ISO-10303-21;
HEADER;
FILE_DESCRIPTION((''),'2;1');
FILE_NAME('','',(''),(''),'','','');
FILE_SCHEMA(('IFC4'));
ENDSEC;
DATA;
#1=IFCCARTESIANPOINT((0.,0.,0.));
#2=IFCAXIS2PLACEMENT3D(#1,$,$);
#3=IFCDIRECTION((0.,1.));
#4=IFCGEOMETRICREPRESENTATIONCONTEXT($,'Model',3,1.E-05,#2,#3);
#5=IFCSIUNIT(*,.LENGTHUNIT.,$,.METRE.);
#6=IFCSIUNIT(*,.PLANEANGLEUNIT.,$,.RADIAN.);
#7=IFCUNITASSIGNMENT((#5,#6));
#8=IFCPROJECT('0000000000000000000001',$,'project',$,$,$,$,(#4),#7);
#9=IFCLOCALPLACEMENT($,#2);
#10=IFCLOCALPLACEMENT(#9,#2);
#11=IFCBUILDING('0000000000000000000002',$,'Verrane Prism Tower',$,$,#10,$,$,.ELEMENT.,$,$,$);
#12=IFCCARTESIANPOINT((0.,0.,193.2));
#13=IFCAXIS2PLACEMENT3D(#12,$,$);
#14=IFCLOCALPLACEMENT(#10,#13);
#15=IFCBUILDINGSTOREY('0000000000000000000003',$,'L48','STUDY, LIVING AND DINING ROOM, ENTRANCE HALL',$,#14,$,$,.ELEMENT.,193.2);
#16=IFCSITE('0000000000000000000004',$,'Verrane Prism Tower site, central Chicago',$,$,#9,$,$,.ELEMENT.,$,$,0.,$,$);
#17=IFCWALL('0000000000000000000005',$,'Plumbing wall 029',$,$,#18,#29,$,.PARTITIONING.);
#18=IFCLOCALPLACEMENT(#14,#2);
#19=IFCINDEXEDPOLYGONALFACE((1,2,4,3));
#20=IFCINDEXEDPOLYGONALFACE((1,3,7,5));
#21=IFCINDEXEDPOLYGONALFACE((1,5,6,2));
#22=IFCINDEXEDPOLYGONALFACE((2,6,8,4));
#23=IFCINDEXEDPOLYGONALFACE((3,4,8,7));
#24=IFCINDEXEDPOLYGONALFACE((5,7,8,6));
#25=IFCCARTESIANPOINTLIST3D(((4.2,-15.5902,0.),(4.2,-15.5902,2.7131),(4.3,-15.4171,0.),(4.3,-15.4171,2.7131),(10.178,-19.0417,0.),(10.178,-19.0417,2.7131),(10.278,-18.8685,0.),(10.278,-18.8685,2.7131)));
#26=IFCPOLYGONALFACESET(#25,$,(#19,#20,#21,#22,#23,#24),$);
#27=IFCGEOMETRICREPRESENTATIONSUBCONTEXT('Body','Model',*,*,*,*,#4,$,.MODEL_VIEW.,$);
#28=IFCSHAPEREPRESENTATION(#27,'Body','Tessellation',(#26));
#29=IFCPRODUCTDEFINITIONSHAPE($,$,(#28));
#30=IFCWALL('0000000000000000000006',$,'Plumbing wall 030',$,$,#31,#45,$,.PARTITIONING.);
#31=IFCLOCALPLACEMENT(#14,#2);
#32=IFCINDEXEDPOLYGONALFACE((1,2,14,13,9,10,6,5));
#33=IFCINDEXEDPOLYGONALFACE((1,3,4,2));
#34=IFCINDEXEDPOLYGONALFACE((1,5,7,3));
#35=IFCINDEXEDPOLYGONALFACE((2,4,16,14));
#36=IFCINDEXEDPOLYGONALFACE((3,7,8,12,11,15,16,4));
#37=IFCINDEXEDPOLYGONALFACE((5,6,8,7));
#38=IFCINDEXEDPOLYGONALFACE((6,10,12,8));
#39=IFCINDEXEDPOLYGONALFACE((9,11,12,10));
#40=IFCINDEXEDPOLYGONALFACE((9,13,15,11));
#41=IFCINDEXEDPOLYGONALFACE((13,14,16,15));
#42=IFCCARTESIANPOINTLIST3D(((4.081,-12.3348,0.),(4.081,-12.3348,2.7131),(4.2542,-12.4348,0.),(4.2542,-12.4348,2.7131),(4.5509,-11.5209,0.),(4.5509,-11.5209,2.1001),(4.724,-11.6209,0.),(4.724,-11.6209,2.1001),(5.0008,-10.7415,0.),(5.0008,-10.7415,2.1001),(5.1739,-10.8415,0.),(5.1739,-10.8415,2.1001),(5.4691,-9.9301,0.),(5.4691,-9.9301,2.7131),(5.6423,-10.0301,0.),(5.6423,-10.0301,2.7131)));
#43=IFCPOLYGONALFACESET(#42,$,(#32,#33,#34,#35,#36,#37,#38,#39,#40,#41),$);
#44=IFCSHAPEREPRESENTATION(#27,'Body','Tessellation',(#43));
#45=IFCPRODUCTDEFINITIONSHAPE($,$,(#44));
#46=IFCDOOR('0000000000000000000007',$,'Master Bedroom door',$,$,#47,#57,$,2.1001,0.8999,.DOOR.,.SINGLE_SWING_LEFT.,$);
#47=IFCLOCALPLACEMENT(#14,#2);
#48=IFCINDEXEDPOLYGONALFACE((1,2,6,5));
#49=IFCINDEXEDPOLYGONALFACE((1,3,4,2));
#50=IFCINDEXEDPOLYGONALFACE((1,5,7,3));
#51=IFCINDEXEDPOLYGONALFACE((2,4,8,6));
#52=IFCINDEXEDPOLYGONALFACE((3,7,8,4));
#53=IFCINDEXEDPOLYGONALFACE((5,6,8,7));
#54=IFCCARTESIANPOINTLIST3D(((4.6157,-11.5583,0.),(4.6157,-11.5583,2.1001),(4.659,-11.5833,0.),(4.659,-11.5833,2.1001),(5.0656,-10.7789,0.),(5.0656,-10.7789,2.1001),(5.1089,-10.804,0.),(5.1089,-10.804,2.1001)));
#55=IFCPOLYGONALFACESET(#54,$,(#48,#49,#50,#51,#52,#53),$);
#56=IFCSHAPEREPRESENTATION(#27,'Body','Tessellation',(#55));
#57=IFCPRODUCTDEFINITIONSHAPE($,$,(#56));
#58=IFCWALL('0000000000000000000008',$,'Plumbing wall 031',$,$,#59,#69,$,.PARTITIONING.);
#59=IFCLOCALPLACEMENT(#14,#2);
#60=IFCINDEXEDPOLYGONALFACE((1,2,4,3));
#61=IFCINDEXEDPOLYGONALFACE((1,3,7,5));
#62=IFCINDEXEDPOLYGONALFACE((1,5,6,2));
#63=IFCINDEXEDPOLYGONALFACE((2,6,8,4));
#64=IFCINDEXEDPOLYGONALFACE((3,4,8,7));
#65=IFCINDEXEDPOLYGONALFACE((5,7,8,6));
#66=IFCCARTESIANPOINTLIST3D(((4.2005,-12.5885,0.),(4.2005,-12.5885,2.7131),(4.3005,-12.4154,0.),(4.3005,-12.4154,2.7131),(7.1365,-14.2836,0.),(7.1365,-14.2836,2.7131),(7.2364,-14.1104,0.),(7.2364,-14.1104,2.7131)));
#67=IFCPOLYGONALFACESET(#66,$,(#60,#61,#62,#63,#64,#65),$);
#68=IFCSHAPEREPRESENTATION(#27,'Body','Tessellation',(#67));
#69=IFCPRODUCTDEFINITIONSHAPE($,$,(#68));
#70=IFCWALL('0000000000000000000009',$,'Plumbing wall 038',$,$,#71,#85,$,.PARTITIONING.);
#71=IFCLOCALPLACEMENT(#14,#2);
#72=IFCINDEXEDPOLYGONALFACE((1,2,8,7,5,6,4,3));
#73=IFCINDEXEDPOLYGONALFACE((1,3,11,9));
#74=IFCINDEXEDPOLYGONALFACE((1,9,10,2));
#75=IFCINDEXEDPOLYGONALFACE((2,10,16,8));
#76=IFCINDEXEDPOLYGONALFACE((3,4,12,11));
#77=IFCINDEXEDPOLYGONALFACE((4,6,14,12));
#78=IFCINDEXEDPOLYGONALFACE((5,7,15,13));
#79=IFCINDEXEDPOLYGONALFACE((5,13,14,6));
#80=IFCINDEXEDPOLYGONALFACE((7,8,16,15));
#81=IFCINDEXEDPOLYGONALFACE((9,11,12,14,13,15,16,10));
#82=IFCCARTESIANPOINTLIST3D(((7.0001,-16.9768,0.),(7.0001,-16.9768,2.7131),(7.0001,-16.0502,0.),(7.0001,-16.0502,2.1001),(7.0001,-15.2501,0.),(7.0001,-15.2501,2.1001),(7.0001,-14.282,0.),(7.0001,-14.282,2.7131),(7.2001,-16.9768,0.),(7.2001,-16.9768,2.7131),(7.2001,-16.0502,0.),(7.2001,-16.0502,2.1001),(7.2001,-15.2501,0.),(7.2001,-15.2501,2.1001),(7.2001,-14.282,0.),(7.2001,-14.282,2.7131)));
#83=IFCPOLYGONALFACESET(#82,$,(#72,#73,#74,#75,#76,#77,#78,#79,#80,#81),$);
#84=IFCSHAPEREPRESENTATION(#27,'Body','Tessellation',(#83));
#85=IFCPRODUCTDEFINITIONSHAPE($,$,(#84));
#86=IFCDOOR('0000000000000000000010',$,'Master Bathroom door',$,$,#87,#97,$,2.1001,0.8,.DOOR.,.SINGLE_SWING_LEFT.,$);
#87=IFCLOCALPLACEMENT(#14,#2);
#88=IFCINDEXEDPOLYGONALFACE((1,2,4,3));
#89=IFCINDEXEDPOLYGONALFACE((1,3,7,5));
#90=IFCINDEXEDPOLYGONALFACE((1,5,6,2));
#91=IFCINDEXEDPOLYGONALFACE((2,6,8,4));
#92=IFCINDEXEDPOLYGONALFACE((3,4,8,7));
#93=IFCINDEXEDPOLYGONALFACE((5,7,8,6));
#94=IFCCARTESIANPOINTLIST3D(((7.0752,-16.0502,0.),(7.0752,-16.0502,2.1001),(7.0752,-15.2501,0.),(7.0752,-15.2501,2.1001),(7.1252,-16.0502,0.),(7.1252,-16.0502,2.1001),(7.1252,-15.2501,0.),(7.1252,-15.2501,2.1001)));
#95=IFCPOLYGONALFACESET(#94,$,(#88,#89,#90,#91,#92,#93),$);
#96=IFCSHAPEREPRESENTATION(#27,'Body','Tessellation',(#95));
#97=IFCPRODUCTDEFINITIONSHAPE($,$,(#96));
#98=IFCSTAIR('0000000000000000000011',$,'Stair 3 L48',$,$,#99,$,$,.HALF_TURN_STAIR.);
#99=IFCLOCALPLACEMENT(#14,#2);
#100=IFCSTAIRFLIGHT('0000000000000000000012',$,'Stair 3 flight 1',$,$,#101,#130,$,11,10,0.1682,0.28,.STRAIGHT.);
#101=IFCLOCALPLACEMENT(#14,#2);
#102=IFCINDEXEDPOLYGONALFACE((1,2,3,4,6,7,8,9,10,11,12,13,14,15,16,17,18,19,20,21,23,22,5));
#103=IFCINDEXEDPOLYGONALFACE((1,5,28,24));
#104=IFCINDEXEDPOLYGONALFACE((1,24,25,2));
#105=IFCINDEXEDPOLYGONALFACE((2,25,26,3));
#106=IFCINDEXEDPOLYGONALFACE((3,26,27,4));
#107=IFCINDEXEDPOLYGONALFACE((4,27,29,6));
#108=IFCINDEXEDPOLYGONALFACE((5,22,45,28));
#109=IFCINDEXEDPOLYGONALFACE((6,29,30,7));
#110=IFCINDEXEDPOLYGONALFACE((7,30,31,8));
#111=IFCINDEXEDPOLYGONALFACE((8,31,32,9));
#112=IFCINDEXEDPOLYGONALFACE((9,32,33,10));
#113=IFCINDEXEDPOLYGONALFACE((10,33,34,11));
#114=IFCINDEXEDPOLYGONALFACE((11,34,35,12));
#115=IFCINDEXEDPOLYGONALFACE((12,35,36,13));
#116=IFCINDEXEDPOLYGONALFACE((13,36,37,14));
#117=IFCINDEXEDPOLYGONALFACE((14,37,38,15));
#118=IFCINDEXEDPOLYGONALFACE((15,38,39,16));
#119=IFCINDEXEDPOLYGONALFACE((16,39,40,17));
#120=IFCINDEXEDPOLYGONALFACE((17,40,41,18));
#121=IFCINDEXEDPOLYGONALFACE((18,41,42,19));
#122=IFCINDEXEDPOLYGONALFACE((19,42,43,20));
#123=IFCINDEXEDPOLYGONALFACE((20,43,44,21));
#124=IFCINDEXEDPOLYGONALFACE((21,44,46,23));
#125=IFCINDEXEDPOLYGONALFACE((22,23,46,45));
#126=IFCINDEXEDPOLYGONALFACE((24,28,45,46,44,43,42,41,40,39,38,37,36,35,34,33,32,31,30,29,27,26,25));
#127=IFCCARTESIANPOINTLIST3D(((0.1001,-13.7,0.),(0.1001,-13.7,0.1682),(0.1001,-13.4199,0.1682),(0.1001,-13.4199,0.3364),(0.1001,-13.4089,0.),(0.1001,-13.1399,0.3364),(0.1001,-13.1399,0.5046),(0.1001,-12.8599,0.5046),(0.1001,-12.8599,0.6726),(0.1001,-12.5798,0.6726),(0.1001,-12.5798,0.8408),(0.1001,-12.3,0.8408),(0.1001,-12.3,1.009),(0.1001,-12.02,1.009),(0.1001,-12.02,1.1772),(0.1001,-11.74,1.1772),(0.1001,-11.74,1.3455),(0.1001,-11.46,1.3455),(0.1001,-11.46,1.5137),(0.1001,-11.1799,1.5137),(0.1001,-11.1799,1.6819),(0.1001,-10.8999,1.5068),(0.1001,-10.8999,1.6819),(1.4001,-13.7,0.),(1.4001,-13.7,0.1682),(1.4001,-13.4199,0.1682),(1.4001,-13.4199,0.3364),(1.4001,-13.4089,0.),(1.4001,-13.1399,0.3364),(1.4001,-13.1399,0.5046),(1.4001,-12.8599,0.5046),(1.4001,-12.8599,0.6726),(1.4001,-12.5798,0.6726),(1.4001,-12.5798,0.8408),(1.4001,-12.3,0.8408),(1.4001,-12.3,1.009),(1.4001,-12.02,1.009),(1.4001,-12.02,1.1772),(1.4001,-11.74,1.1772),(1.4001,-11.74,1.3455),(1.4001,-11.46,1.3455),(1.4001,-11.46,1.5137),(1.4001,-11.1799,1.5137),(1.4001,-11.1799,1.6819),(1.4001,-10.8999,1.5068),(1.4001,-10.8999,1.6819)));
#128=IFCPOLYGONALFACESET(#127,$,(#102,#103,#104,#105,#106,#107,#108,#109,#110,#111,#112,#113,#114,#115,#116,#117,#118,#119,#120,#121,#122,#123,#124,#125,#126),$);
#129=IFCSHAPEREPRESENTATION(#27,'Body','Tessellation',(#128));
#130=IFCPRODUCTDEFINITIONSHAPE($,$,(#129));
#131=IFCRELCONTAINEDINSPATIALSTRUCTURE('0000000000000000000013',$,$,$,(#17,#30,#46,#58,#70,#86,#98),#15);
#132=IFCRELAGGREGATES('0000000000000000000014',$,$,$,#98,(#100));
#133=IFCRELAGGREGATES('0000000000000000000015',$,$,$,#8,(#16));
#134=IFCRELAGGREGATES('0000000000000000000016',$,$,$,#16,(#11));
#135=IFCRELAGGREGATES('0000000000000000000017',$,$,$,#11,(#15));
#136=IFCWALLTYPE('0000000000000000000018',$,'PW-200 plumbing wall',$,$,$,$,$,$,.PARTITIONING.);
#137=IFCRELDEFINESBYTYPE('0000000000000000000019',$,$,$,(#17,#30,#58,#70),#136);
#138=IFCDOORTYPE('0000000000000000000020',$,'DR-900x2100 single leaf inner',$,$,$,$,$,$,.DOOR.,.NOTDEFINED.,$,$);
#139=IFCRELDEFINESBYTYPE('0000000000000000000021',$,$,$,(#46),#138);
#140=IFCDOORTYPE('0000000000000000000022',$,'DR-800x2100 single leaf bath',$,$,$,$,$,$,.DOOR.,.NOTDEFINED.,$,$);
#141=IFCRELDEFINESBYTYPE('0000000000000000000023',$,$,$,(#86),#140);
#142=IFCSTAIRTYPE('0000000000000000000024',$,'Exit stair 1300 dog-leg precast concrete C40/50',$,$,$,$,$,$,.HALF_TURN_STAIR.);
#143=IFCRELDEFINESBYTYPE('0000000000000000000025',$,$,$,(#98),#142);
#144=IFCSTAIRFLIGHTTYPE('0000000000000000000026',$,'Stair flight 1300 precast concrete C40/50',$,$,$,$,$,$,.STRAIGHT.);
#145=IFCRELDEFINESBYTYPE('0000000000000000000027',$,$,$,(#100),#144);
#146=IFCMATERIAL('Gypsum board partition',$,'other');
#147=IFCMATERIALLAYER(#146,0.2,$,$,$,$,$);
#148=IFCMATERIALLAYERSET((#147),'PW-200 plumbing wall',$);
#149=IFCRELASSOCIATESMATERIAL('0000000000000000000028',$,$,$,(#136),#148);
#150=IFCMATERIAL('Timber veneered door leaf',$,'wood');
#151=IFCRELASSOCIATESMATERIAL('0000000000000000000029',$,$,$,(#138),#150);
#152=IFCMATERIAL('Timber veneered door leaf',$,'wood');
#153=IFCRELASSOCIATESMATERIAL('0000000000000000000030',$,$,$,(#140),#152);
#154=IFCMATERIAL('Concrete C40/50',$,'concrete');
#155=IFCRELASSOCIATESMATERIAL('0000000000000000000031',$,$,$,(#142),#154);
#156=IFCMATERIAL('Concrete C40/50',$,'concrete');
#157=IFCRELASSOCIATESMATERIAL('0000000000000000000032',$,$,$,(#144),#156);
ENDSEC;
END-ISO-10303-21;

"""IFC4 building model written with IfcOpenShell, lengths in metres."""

from ifc_helpers import new_model, si_unit, direction, frame, frame_2d, origin, place, context, subcontext, project, spatial, polyline, rectangle, outline, extrude, material, layer, layer_set, type_object, element, fill, aggregate, save


model = new_model("IFC4")

# Units and contexts
model_context = context("Model", 3, precision=1e-05, world=origin(), true_north=direction((0.0, 1.0)))
body_context = subcontext(model_context, "Body", "Model", "MODEL_VIEW")
ifc_project = project(units=[si_unit("LENGTHUNIT", "METRE"), si_unit("PLANEANGLEUNIT", "RADIAN")], contexts=[model_context])

# Site, building, storey
site_placement = place(None, origin())
site = spatial("IfcSite", under=ifc_project, at=site_placement, Name="Verrane Prism Tower site, central Chicago", CompositionType="ELEMENT", RefElevation=0.0)
building_placement = place(site_placement, origin())
building = spatial("IfcBuilding", under=site, at=building_placement, Name="Verrane Prism Tower", CompositionType="ELEMENT")
storey_placement = place(building_placement, frame((0.0, 0.0, 193.2)))
storey = spatial("IfcBuildingStorey", under=building, at=storey_placement, Name="L48", Description="STUDY, LIVING AND DINING ROOM, ENTRANCE HALL", CompositionType="ELEMENT", Elevation=193.2)

# Shared definitions
ifc_material_1 = material(Name="Gypsum board partition", Category="other")
ifc_layer_1 = layer(ifc_material_1, 0.2)
ifc_layer_set_1 = layer_set([ifc_layer_1], Name="PW-200 plumbing wall")
wall_type_1 = type_object("IfcWallType", Name="PW-200 plumbing wall", PredefinedType="PARTITIONING", material=ifc_layer_set_1)

# Wall
wall_1_placement = place(storey_placement, frame((4.25, -15.5037, 0.0), z_axis=(0.0, 0.0, 1.0), x_axis=(0.866025, -0.5, 0.0)))
element("IfcWall", 1, at=wall_1_placement, inside=storey, type_object=wall_type_1, Name="Plumbing wall 029", PredefinedType="PARTITIONING", context=body_context, shape_type="SweptSolid", body=[
    extrude(rectangle(XDim=6.9028, YDim=0.2, at=frame_2d((3.4514, 0.0))), origin(), (0.0, 0.0, 1.0), 2.7131),
])

# Wall, opening, door
wall_2_placement = place(storey_placement, frame((5.5557, -9.9802, 0.0), z_axis=(0.0, 0.0, 1.0), x_axis=(-0.499941, -0.86606, 0.0)))
wall_2 = element("IfcWall", 2, at=wall_2_placement, inside=storey, type_object=wall_type_1, Name="Plumbing wall 030", PredefinedType="PARTITIONING", context=body_context, shape_type="SweptSolid", body=[
    extrude(rectangle(XDim=2.7766, YDim=0.2, at=frame_2d((1.3882, 0.0))), origin(), (0.0, 0.0, 1.0), 2.7131),
])
opening_1_placement = place(wall_2_placement, frame((0.9368, 0.0, 0.0)))
opening_1 = element("IfcOpeningElement", 3, at=opening_1_placement, cuts=wall_2, PredefinedType="OPENING", context=body_context, shape_type="SweptSolid", body=[
    extrude(rectangle(XDim=0.8999, YDim=2.1001, at=frame_2d((0.45, 1.05))), frame((0.0, 0.1099, 0.0), z_axis=(0.0, -1.0, 0.0), x_axis=(1.0, 0.0, 0.0)), (0.0, 0.0, 1.0), 0.22),
])
ifc_material_2 = material(Name="Timber veneered door leaf", Category="wood")
door_type_1 = type_object("IfcDoorType", Name="DR-900x2100 single leaf inner", OperationType="NOTDEFINED", PredefinedType="DOOR", material=ifc_material_2)
door_1_placement = place(opening_1_placement, origin())
door_1 = element("IfcDoor", 4, at=door_1_placement, inside=storey, type_object=door_type_1, Name="Master Bedroom door", OperationType="SINGLE_SWING_LEFT", OverallHeight=2.1001, OverallWidth=0.8999, PredefinedType="DOOR", context=body_context, shape_type="SweptSolid", body=[
    extrude(rectangle(XDim=0.8999, YDim=2.1001, at=frame_2d((0.45, 1.05))), frame((0.0, 0.0249, 0.0), z_axis=(0.0, -1.0, 0.0), x_axis=(1.0, 0.0, 0.0)), (0.0, 0.0, 1.0), 0.05),
])
fill(opening_1, door_1)

# Wall
wall_3_placement = place(storey_placement, frame((4.2505, -12.502, 0.0), z_axis=(0.0, 0.0, 1.0), x_axis=(0.866032, -0.499988, 0.0)))
element("IfcWall", 5, at=wall_3_placement, inside=storey, type_object=wall_type_1, Name="Plumbing wall 031", PredefinedType="PARTITIONING", context=body_context, shape_type="SweptSolid", body=[
    extrude(rectangle(XDim=3.3901, YDim=0.2, at=frame_2d((1.6951, 0.0))), origin(), (0.0, 0.0, 1.0), 2.7131),
])

# Wall, opening, door
wall_4_placement = place(storey_placement, frame((7.1001, -16.9768, 0.0), z_axis=(0.0, 0.0, 1.0), x_axis=(0.0, 1.0, 0.0)))
wall_4 = element("IfcWall", 6, at=wall_4_placement, inside=storey, type_object=wall_type_1, Name="Plumbing wall 038", PredefinedType="PARTITIONING", context=body_context, shape_type="SweptSolid", body=[
    extrude(rectangle(XDim=2.6948, YDim=0.2, at=frame_2d((1.3474, 0.0))), origin(), (0.0, 0.0, 1.0), 2.7131),
])
opening_2_placement = place(wall_4_placement, frame((0.9268, 0.0, 0.0)))
opening_2 = element("IfcOpeningElement", 7, at=opening_2_placement, cuts=wall_4, PredefinedType="OPENING", context=body_context, shape_type="SweptSolid", body=[
    extrude(rectangle(XDim=0.8, YDim=2.1001, at=frame_2d((0.3999, 1.05))), frame((0.0, 0.1099, 0.0), z_axis=(0.0, -1.0, 0.0), x_axis=(1.0, 0.0, 0.0)), (0.0, 0.0, 1.0), 0.22),
])
ifc_material_3 = material(Name="Timber veneered door leaf", Category="wood")
door_type_2 = type_object("IfcDoorType", Name="DR-800x2100 single leaf bath", OperationType="NOTDEFINED", PredefinedType="DOOR", material=ifc_material_3)
door_2_placement = place(opening_2_placement, origin())
door_2 = element("IfcDoor", 8, at=door_2_placement, inside=storey, type_object=door_type_2, Name="Master Bathroom door", OperationType="SINGLE_SWING_LEFT", OverallHeight=2.1001, OverallWidth=0.8, PredefinedType="DOOR", context=body_context, shape_type="SweptSolid", body=[
    extrude(rectangle(XDim=0.8, YDim=2.1001, at=frame_2d((0.3999, 1.05))), frame((0.0, 0.0249, 0.0), z_axis=(0.0, -1.0, 0.0), x_axis=(1.0, 0.0, 0.0)), (0.0, 0.0, 1.0), 0.05),
])
fill(opening_2, door_2)

# Stair, stair flight
ifc_material_4 = material(Name="Concrete C40/50", Category="concrete")
stair_type = type_object("IfcStairType", Name="Exit stair 1300 dog-leg precast concrete C40/50", PredefinedType="HALF_TURN_STAIR", material=ifc_material_4)
stair_placement = place(storey_placement, origin())
stair = element("IfcStair", 9, at=stair_placement, inside=storey, type_object=stair_type, Name="Stair 3 L48", PredefinedType="HALF_TURN_STAIR")
ifc_material_5 = material(Name="Concrete C40/50", Category="concrete")
stair_flight_type = type_object("IfcStairFlightType", Name="Stair flight 1300 precast concrete C40/50", PredefinedType="STRAIGHT", material=ifc_material_5)
stair_flight_placement = place(storey_placement, frame((0.75, -13.7, 0.0), z_axis=(0.0, 0.0, 1.0), x_axis=(0.0, 1.0, 0.0)))
stair_flight = element("IfcStairFlight", 10, at=stair_flight_placement, type_object=stair_flight_type, Name="Stair 3 flight 1", NumberOfRisers=11, NumberOfTreads=10, PredefinedType="STRAIGHT", RiserHeight=0.1682, TreadLength=0.28, context=body_context, shape_type="SweptSolid", body=[
    extrude(outline(polyline([(0.0, 0.0), (0.0, 0.1682), (0.28, 0.1682), (0.28, 0.3364), (0.5601, 0.3364), (0.5601, 0.5046), (0.8401, 0.5046), (0.8401, 0.6726), (1.1201, 0.6726), (1.1201, 0.8408), (1.3999, 0.8408), (1.3999, 1.009), (1.6799, 1.009), (1.6799, 1.1772), (1.96, 1.1772), (1.96, 1.3455), (2.24, 1.3455), (2.24, 1.5137), (2.52, 1.5137), (2.52, 1.6819), (2.8, 1.6819), (2.8, 1.8501), (2.8, 1.5068), (0.291, 0.0), (0.0, 0.0)])), frame((0.0, 0.6499, 0.0), z_axis=(0.0, -1.0, 0.0), x_axis=(1.0, 0.0, 0.0)), (0.0, 0.0, 1.0), 1.3),
])
aggregate(stair, [stair_flight])

save(model, "model.ifc")
